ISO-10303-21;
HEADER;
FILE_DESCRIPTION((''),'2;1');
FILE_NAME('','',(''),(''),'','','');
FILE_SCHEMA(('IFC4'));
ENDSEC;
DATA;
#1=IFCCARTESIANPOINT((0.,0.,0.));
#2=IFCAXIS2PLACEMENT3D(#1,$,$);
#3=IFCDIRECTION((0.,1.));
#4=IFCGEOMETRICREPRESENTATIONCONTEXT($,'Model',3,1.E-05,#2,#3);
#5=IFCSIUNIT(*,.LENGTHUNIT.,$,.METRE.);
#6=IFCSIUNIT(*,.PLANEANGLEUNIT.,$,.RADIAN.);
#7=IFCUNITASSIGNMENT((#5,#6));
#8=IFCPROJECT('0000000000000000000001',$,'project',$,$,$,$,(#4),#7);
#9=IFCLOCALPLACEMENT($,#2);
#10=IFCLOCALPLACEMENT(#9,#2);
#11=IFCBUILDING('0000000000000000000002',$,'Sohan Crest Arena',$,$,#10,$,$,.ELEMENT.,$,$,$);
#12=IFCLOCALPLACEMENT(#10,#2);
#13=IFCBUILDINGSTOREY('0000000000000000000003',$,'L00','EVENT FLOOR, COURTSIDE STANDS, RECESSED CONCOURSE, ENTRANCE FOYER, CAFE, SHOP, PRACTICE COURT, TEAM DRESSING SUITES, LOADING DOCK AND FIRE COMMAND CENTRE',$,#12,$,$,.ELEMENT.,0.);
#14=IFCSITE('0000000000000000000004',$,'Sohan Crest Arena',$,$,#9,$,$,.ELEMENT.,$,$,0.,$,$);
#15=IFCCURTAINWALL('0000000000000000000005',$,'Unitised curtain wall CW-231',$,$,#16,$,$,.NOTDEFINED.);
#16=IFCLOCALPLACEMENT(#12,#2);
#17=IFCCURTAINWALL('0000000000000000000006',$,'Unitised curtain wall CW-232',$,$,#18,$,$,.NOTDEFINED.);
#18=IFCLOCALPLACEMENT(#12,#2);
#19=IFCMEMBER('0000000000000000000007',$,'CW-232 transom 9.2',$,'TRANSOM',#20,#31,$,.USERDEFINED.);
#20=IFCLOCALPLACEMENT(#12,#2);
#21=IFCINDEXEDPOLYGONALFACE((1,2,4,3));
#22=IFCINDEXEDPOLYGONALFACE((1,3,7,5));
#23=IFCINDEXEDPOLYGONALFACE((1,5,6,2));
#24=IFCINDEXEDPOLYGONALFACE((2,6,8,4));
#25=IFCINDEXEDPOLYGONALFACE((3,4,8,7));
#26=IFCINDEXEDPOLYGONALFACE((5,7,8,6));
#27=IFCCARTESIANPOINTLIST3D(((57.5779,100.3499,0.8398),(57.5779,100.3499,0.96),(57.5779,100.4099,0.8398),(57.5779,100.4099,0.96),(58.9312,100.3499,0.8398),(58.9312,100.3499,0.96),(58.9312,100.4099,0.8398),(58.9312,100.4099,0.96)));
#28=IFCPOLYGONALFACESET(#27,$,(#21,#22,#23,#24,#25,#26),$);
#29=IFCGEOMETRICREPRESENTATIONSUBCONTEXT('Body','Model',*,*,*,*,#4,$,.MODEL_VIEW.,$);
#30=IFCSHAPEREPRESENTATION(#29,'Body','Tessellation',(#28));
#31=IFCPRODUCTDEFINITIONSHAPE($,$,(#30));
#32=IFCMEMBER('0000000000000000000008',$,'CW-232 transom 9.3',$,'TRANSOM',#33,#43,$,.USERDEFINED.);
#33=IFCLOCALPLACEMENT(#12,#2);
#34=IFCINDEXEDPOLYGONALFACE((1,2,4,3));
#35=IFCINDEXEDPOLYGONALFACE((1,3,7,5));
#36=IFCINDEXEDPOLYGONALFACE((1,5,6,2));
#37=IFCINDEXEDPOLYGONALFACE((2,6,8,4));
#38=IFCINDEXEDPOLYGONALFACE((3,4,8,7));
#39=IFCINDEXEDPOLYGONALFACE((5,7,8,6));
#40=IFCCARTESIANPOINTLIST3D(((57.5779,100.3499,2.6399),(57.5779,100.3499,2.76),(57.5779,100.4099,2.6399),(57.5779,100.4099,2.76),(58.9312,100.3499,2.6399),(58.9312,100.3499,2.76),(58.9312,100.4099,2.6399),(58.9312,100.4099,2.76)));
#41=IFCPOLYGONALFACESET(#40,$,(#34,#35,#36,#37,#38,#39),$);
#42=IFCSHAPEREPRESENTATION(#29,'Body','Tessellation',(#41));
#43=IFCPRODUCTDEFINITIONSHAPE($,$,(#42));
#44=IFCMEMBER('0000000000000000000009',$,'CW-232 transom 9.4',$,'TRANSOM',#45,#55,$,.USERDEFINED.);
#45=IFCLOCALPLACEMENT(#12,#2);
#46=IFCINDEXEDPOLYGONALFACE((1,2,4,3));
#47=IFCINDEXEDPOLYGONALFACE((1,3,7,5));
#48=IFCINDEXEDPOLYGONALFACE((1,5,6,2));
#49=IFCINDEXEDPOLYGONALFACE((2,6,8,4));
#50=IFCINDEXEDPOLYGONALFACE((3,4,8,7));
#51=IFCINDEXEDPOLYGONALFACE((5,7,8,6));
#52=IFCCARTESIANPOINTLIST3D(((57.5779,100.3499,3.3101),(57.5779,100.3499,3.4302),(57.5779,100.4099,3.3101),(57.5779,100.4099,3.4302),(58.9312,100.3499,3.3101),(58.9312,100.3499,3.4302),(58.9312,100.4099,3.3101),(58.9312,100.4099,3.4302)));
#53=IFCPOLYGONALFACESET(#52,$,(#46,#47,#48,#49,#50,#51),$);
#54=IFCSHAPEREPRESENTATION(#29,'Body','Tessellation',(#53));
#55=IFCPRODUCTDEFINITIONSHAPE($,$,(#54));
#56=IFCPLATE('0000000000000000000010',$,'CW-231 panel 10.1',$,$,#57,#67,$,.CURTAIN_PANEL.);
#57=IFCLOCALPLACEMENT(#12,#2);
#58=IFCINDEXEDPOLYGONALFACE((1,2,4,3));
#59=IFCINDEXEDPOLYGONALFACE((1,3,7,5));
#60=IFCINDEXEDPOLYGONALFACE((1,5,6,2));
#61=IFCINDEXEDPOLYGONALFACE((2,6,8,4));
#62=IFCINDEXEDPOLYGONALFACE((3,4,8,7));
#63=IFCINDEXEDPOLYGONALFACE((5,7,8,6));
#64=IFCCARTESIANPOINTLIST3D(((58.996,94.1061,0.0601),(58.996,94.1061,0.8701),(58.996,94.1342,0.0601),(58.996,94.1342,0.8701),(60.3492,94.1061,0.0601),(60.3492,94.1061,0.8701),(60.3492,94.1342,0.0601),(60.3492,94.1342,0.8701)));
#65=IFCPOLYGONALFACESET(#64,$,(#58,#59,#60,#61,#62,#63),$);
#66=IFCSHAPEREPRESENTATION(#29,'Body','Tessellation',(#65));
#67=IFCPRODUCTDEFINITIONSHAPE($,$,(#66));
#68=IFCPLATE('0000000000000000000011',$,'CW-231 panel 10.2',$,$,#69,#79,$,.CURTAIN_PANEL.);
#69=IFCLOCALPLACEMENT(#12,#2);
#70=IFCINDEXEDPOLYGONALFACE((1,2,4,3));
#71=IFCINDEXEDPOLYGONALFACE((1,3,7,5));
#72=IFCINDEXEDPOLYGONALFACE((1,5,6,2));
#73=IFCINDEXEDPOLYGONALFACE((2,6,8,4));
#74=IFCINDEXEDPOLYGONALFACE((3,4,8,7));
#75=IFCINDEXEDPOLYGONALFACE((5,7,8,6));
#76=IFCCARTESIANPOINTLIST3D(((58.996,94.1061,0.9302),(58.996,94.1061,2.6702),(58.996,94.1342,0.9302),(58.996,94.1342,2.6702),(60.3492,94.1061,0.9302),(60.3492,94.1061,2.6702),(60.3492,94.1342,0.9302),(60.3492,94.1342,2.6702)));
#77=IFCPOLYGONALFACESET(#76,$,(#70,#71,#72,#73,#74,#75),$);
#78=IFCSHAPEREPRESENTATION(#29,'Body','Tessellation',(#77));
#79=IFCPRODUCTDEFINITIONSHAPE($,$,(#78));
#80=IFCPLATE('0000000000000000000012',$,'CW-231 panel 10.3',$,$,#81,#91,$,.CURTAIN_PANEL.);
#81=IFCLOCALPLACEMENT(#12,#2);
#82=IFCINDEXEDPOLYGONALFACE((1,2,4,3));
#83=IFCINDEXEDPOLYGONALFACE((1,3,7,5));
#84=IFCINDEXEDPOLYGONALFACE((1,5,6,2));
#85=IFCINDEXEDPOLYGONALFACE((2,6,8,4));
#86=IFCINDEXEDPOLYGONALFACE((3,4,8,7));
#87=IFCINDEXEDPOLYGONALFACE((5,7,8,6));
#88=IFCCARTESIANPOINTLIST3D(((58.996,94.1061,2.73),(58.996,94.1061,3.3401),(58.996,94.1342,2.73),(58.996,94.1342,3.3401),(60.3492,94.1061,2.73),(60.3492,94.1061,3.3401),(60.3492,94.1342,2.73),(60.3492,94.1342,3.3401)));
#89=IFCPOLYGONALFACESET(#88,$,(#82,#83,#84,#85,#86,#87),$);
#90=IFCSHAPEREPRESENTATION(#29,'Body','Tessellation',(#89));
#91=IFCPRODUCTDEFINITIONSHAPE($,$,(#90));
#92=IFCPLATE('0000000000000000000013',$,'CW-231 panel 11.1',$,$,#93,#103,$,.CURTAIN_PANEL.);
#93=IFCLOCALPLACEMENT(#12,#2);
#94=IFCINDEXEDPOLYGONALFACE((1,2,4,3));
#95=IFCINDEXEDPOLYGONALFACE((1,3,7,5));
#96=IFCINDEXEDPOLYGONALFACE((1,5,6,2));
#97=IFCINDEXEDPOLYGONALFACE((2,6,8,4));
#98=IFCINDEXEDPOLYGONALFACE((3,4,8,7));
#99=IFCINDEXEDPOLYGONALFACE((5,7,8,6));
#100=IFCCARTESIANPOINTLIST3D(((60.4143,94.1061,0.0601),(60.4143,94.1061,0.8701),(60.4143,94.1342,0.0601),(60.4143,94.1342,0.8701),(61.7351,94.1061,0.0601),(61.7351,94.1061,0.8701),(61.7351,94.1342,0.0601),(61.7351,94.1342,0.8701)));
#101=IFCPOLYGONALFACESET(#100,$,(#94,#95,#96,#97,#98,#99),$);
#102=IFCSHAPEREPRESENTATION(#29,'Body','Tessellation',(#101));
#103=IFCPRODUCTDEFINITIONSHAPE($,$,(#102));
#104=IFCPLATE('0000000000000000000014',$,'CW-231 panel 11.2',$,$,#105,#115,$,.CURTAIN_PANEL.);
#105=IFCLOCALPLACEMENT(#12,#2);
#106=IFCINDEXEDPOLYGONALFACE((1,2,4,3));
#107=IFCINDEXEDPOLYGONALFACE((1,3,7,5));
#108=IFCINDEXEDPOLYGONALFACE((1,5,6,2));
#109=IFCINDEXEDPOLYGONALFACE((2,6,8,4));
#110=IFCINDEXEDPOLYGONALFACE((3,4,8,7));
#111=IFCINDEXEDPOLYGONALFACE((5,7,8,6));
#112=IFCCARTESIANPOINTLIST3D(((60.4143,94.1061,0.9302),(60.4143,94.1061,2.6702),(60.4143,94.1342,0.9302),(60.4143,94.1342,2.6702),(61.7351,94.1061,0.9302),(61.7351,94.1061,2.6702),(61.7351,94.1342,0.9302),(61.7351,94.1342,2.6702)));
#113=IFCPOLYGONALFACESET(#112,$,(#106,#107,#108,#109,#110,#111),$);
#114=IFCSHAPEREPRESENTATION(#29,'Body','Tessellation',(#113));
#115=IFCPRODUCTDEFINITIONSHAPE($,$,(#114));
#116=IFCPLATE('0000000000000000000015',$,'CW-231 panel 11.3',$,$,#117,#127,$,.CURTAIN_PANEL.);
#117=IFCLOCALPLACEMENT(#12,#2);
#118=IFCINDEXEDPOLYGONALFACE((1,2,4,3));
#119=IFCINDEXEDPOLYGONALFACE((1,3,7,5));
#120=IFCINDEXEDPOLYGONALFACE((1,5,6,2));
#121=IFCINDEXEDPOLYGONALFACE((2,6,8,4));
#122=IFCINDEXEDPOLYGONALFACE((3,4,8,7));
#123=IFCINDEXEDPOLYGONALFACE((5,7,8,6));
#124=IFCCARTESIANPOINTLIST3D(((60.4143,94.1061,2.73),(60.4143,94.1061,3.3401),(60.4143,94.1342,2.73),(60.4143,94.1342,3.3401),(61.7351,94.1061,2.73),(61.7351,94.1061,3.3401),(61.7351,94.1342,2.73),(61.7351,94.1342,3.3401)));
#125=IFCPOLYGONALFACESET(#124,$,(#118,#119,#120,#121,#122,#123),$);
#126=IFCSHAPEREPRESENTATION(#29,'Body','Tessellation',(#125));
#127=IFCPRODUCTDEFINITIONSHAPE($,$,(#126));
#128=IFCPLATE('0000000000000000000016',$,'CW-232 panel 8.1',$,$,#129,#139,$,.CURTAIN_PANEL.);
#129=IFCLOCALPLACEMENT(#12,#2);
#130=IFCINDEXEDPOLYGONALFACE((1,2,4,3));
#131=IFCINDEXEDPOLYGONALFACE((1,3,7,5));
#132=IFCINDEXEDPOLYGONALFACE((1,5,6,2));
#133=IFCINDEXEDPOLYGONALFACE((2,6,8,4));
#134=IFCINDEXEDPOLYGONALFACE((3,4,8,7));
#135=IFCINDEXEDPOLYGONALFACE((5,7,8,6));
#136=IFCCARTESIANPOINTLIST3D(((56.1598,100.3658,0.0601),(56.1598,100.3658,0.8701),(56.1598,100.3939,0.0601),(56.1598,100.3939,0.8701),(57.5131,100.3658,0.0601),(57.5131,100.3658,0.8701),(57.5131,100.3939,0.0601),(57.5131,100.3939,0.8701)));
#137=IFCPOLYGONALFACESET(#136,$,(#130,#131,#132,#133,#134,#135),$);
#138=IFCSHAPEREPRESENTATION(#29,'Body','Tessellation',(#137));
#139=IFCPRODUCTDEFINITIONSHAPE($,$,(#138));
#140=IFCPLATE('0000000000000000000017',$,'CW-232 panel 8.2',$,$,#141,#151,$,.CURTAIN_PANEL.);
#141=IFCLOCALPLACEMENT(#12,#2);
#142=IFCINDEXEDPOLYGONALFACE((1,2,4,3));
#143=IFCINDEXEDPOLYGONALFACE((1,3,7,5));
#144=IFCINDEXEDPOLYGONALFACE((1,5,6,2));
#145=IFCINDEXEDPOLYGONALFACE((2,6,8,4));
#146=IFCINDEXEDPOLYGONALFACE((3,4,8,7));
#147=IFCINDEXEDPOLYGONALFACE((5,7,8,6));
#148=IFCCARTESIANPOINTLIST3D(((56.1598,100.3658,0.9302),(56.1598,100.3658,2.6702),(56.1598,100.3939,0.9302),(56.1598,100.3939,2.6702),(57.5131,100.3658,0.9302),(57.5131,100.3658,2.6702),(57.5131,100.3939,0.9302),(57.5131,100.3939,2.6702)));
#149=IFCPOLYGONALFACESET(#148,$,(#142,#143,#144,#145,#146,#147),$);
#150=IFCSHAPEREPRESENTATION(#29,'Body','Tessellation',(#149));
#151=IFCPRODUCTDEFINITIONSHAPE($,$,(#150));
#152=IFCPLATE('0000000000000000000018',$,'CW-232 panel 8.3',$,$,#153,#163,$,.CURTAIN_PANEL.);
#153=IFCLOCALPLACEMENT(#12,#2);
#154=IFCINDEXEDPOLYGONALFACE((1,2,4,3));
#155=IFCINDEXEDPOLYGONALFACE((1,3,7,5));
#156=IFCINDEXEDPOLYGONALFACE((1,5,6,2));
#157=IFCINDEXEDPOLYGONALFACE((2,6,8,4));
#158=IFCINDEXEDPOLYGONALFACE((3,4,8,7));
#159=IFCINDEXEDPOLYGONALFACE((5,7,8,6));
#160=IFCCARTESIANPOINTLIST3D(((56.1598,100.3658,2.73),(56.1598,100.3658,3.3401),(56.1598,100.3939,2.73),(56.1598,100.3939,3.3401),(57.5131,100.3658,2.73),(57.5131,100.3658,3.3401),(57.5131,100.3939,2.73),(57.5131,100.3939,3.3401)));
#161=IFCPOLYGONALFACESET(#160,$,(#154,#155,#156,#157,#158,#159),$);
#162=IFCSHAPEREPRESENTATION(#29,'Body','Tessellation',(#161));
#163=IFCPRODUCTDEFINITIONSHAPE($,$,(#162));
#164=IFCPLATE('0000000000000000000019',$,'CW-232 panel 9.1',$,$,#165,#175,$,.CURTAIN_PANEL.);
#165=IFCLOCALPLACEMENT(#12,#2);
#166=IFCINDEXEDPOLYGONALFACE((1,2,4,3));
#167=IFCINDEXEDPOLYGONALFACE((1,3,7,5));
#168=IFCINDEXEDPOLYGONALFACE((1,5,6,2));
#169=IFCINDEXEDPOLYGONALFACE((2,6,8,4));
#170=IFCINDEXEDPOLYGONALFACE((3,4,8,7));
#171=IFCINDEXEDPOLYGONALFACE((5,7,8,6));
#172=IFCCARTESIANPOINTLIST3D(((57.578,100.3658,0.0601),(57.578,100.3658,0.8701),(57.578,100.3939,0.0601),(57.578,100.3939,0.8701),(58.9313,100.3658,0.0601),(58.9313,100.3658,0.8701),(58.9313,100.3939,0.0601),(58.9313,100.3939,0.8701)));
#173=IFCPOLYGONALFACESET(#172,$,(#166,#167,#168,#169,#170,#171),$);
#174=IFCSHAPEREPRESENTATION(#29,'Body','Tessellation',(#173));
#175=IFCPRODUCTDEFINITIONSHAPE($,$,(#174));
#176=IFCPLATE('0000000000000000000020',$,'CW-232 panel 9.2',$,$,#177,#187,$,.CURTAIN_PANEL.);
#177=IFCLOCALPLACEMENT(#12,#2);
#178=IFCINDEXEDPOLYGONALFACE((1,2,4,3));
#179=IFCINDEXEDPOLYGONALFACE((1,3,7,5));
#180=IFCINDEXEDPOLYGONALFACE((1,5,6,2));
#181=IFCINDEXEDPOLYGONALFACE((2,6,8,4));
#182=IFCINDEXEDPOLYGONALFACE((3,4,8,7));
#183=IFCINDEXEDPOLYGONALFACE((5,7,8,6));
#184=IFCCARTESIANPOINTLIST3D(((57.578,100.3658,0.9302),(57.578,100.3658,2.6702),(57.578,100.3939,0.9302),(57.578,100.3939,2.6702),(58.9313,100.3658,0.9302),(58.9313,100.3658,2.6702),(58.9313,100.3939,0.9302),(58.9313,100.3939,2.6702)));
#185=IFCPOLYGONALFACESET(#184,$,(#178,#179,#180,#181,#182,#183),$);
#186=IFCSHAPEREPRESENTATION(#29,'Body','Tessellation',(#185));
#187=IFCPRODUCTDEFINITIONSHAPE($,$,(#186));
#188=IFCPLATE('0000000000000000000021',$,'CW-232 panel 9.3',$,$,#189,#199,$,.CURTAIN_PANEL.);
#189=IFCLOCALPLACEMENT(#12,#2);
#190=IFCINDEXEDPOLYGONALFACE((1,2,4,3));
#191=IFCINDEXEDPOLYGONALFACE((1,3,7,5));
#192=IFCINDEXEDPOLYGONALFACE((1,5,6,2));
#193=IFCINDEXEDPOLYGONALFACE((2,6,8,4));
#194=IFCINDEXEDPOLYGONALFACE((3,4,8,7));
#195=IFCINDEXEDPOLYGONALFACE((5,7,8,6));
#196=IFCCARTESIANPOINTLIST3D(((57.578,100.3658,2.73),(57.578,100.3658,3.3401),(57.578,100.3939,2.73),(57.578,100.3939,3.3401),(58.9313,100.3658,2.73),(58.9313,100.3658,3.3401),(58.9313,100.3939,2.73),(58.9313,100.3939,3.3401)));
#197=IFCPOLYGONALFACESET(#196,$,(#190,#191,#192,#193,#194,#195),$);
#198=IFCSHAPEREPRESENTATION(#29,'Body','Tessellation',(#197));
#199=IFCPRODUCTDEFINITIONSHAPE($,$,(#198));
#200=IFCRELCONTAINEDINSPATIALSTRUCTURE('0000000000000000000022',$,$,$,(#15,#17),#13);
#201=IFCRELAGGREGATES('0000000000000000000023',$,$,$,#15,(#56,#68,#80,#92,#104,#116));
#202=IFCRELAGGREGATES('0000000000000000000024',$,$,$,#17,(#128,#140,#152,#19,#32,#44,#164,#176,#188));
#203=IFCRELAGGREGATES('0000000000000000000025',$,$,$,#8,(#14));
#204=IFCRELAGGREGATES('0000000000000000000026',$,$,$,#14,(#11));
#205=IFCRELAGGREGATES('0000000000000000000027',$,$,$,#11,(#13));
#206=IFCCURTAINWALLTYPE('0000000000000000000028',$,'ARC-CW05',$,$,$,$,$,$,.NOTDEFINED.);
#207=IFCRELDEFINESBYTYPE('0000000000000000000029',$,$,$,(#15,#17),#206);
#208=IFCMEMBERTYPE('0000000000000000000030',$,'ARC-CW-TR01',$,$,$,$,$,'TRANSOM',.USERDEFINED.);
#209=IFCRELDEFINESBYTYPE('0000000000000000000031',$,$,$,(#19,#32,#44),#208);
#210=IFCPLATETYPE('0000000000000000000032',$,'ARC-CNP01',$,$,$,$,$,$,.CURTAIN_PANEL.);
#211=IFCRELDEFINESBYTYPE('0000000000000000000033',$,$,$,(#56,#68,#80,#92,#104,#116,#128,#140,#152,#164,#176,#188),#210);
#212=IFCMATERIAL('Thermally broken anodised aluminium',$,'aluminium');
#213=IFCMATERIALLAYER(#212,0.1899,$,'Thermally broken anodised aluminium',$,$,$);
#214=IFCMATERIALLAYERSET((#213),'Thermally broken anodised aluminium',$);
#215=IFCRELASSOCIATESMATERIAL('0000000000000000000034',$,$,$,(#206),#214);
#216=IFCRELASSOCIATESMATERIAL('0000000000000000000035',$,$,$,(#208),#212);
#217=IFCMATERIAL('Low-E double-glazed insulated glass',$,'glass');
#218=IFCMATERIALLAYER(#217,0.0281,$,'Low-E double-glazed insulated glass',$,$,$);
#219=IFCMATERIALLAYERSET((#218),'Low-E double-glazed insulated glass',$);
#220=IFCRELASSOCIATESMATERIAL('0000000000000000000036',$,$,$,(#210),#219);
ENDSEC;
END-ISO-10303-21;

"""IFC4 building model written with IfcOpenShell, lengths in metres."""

from ifc_helpers import new_model, si_unit, direction, frame, origin, origin_2d, place, context, subcontext, project, spatial, rectangle, extrude, material, layer, layer_set, material_profile, profile_set, type_object, element, aggregate, save


model = new_model("IFC4")

# Units and contexts
model_context = context("Model", 3, precision=1e-05, world=origin(), true_north=direction((0.0, 1.0)))
body_context = subcontext(model_context, "Body", "Model", "MODEL_VIEW")
ifc_project = project(units=[si_unit("LENGTHUNIT", "METRE"), si_unit("PLANEANGLEUNIT", "RADIAN")], contexts=[model_context])

# Site, building, storey
site_placement = place(None, origin())
site = spatial("IfcSite", under=ifc_project, at=site_placement, Name="Sohan Crest Arena", CompositionType="ELEMENT", RefElevation=0.0)
building_placement = place(site_placement, origin())
building = spatial("IfcBuilding", under=site, at=building_placement, Name="Sohan Crest Arena", CompositionType="ELEMENT")
storey_placement = place(building_placement, origin())
storey = spatial("IfcBuildingStorey", under=building, at=storey_placement, Name="L00", Description="EVENT FLOOR, COURTSIDE STANDS, RECESSED CONCOURSE, ENTRANCE FOYER, CAFE, SHOP, PRACTICE COURT, TEAM DRESSING SUITES, LOADING DOCK AND FIRE COMMAND CENTRE", CompositionType="ELEMENT", Elevation=0.0)

# Curtain walls
ifc_material_1 = material(Name="Thermally broken anodised aluminium", Category="aluminium")
ifc_layer_1 = layer(ifc_material_1, 0.1899, Name="Thermally broken anodised aluminium")
ifc_layer_set_1 = layer_set([ifc_layer_1], Name="Thermally broken anodised aluminium")
curtain_wall_type = type_object("IfcCurtainWallType", Name="ARC-CW05", PredefinedType="NOTDEFINED", material=ifc_layer_set_1)
curtain_wall_1_placement = place(storey_placement, origin())
curtain_wall_1 = element("IfcCurtainWall", 1, at=curtain_wall_1_placement, inside=storey, type_object=curtain_wall_type, Name="Unitised curtain wall CW-231", PredefinedType="NOTDEFINED")
curtain_wall_2_placement = place(storey_placement, origin())
curtain_wall_2 = element("IfcCurtainWall", 2, at=curtain_wall_2_placement, inside=storey, type_object=curtain_wall_type, Name="Unitised curtain wall CW-232", PredefinedType="NOTDEFINED")

# Members
ifc_material_profile_1 = material_profile(ifc_material_1, rectangle(XDim=0.0601, YDim=0.1201, at=origin_2d()), Name="ALU-TRAN 60x120")
ifc_profile_set_1 = profile_set([ifc_material_profile_1], Name="Thermally broken anodised aluminium")
member_type_1 = type_object("IfcMemberType", Name="ARC-CW-TR01", ElementType="TRANSOM", PredefinedType="USERDEFINED", material=ifc_profile_set_1)
member_1_placement = place(storey_placement, frame((57.5779, 100.3799, 0.8999), z_axis=(1.0, 0.0, 0.0), x_axis=(0.0, 1.0, 0.0)))
member_1 = element("IfcMember", 3, at=member_1_placement, type_object=member_type_1, Name="CW-232 transom 9.2", ObjectType="TRANSOM", PredefinedType="USERDEFINED", context=body_context, shape_type="SweptSolid", body=[
    extrude(rectangle(XDim=0.0601, YDim=0.1201, at=origin_2d()), origin(), (0.0, 0.0, 1.0), 1.3533),
])
member_2_placement = place(storey_placement, frame((57.5779, 100.3799, 2.7), z_axis=(1.0, 0.0, 0.0), x_axis=(0.0, 1.0, 0.0)))
member_2 = element("IfcMember", 4, at=member_2_placement, type_object=member_type_1, Name="CW-232 transom 9.3", ObjectType="TRANSOM", PredefinedType="USERDEFINED", context=body_context, shape_type="SweptSolid", body=[
    extrude(rectangle(XDim=0.0601, YDim=0.1201, at=origin_2d()), origin(), (0.0, 0.0, 1.0), 1.3533),
])
member_3_placement = place(storey_placement, frame((57.5779, 100.3799, 3.3701), z_axis=(1.0, 0.0, 0.0), x_axis=(0.0, 1.0, 0.0)))
member_3 = element("IfcMember", 5, at=member_3_placement, type_object=member_type_1, Name="CW-232 transom 9.4", ObjectType="TRANSOM", PredefinedType="USERDEFINED", context=body_context, shape_type="SweptSolid", body=[
    extrude(rectangle(XDim=0.0601, YDim=0.1201, at=origin_2d()), origin(), (0.0, 0.0, 1.0), 1.3533),
])

# Plates
ifc_material_2 = material(Name="Low-E double-glazed insulated glass", Category="glass")
ifc_layer_2 = layer(ifc_material_2, 0.0281, Name="Low-E double-glazed insulated glass")
ifc_layer_set_2 = layer_set([ifc_layer_2], Name="Low-E double-glazed insulated glass")
plate_type = type_object("IfcPlateType", Name="ARC-CNP01", PredefinedType="CURTAIN_PANEL", material=ifc_layer_set_2)
plate_1_placement = place(storey_placement, frame((59.6726, 94.1201, 0.0601), z_axis=(0.0, 0.0, 1.0), x_axis=(1.0, 0.0, 0.0)))
plate_1 = element("IfcPlate", 6, at=plate_1_placement, type_object=plate_type, Name="CW-231 panel 10.1", PredefinedType="CURTAIN_PANEL", context=body_context, shape_type="SweptSolid", body=[
    extrude(rectangle(XDim=1.3533, YDim=0.0281, at=origin_2d()), origin(), (0.0, 0.0, 1.0), 0.8101),
])
plate_2_placement = place(storey_placement, frame((59.6726, 94.1201, 0.9302), z_axis=(0.0, 0.0, 1.0), x_axis=(1.0, 0.0, 0.0)))
plate_2 = element("IfcPlate", 7, at=plate_2_placement, type_object=plate_type, Name="CW-231 panel 10.2", PredefinedType="CURTAIN_PANEL", context=body_context, shape_type="SweptSolid", body=[
    extrude(rectangle(XDim=1.3533, YDim=0.0281, at=origin_2d()), origin(), (0.0, 0.0, 1.0), 1.74),
])
plate_3_placement = place(storey_placement, frame((59.6726, 94.1201, 2.73), z_axis=(0.0, 0.0, 1.0), x_axis=(1.0, 0.0, 0.0)))
plate_3 = element("IfcPlate", 8, at=plate_3_placement, type_object=plate_type, Name="CW-231 panel 10.3", PredefinedType="CURTAIN_PANEL", context=body_context, shape_type="SweptSolid", body=[
    extrude(rectangle(XDim=1.3533, YDim=0.0281, at=origin_2d()), origin(), (0.0, 0.0, 1.0), 0.6101),
])
plate_4_placement = place(storey_placement, frame((61.0747, 94.1201, 0.0601), z_axis=(0.0, 0.0, 1.0), x_axis=(1.0, 0.0, 0.0)))
plate_4 = element("IfcPlate", 9, at=plate_4_placement, type_object=plate_type, Name="CW-231 panel 11.1", PredefinedType="CURTAIN_PANEL", context=body_context, shape_type="SweptSolid", body=[
    extrude(rectangle(XDim=1.3208, YDim=0.0281, at=origin_2d()), origin(), (0.0, 0.0, 1.0), 0.8101),
])
plate_5_placement = place(storey_placement, frame((61.0747, 94.1201, 0.9302), z_axis=(0.0, 0.0, 1.0), x_axis=(1.0, 0.0, 0.0)))
plate_5 = element("IfcPlate", 10, at=plate_5_placement, type_object=plate_type, Name="CW-231 panel 11.2", PredefinedType="CURTAIN_PANEL", context=body_context, shape_type="SweptSolid", body=[
    extrude(rectangle(XDim=1.3208, YDim=0.0281, at=origin_2d()), origin(), (0.0, 0.0, 1.0), 1.74),
])
plate_6_placement = place(storey_placement, frame((61.0747, 94.1201, 2.73), z_axis=(0.0, 0.0, 1.0), x_axis=(1.0, 0.0, 0.0)))
plate_6 = element("IfcPlate", 11, at=plate_6_placement, type_object=plate_type, Name="CW-231 panel 11.3", PredefinedType="CURTAIN_PANEL", context=body_context, shape_type="SweptSolid", body=[
    extrude(rectangle(XDim=1.3208, YDim=0.0281, at=origin_2d()), origin(), (0.0, 0.0, 1.0), 0.6101),
])
aggregate(curtain_wall_1, [plate_1, plate_2, plate_3, plate_4, plate_5, plate_6])
plate_7_placement = place(storey_placement, frame((56.8364, 100.3799, 0.0601), z_axis=(0.0, 0.0, 1.0), x_axis=(1.0, 0.0, 0.0)))
plate_7 = element("IfcPlate", 12, at=plate_7_placement, type_object=plate_type, Name="CW-232 panel 8.1", PredefinedType="CURTAIN_PANEL", context=body_context, shape_type="SweptSolid", body=[
    extrude(rectangle(XDim=1.3533, YDim=0.0281, at=origin_2d()), origin(), (0.0, 0.0, 1.0), 0.8101),
])
plate_8_placement = place(storey_placement, frame((56.8364, 100.3799, 0.9302), z_axis=(0.0, 0.0, 1.0), x_axis=(1.0, 0.0, 0.0)))
plate_8 = element("IfcPlate", 13, at=plate_8_placement, type_object=plate_type, Name="CW-232 panel 8.2", PredefinedType="CURTAIN_PANEL", context=body_context, shape_type="SweptSolid", body=[
    extrude(rectangle(XDim=1.3533, YDim=0.0281, at=origin_2d()), origin(), (0.0, 0.0, 1.0), 1.74),
])
plate_9_placement = place(storey_placement, frame((56.8364, 100.3799, 2.73), z_axis=(0.0, 0.0, 1.0), x_axis=(1.0, 0.0, 0.0)))
plate_9 = element("IfcPlate", 14, at=plate_9_placement, type_object=plate_type, Name="CW-232 panel 8.3", PredefinedType="CURTAIN_PANEL", context=body_context, shape_type="SweptSolid", body=[
    extrude(rectangle(XDim=1.3533, YDim=0.0281, at=origin_2d()), origin(), (0.0, 0.0, 1.0), 0.6101),
])
plate_10_placement = place(storey_placement, frame((58.2546, 100.3799, 0.0601), z_axis=(0.0, 0.0, 1.0), x_axis=(1.0, 0.0, 0.0)))
plate_10 = element("IfcPlate", 15, at=plate_10_placement, type_object=plate_type, Name="CW-232 panel 9.1", PredefinedType="CURTAIN_PANEL", context=body_context, shape_type="SweptSolid", body=[
    extrude(rectangle(XDim=1.3533, YDim=0.0281, at=origin_2d()), origin(), (0.0, 0.0, 1.0), 0.8101),
])
plate_11_placement = place(storey_placement, frame((58.2546, 100.3799, 0.9302), z_axis=(0.0, 0.0, 1.0), x_axis=(1.0, 0.0, 0.0)))
plate_11 = element("IfcPlate", 16, at=plate_11_placement, type_object=plate_type, Name="CW-232 panel 9.2", PredefinedType="CURTAIN_PANEL", context=body_context, shape_type="SweptSolid", body=[
    extrude(rectangle(XDim=1.3533, YDim=0.0281, at=origin_2d()), origin(), (0.0, 0.0, 1.0), 1.74),
])
plate_12_placement = place(storey_placement, frame((58.2546, 100.3799, 2.73), z_axis=(0.0, 0.0, 1.0), x_axis=(1.0, 0.0, 0.0)))
plate_12 = element("IfcPlate", 17, at=plate_12_placement, type_object=plate_type, Name="CW-232 panel 9.3", PredefinedType="CURTAIN_PANEL", context=body_context, shape_type="SweptSolid", body=[
    extrude(rectangle(XDim=1.3533, YDim=0.0281, at=origin_2d()), origin(), (0.0, 0.0, 1.0), 0.6101),
])
aggregate(curtain_wall_2, [plate_7, plate_8, plate_9, member_1, member_2, member_3, plate_10, plate_11, plate_12])

save(model, "model.ifc")
